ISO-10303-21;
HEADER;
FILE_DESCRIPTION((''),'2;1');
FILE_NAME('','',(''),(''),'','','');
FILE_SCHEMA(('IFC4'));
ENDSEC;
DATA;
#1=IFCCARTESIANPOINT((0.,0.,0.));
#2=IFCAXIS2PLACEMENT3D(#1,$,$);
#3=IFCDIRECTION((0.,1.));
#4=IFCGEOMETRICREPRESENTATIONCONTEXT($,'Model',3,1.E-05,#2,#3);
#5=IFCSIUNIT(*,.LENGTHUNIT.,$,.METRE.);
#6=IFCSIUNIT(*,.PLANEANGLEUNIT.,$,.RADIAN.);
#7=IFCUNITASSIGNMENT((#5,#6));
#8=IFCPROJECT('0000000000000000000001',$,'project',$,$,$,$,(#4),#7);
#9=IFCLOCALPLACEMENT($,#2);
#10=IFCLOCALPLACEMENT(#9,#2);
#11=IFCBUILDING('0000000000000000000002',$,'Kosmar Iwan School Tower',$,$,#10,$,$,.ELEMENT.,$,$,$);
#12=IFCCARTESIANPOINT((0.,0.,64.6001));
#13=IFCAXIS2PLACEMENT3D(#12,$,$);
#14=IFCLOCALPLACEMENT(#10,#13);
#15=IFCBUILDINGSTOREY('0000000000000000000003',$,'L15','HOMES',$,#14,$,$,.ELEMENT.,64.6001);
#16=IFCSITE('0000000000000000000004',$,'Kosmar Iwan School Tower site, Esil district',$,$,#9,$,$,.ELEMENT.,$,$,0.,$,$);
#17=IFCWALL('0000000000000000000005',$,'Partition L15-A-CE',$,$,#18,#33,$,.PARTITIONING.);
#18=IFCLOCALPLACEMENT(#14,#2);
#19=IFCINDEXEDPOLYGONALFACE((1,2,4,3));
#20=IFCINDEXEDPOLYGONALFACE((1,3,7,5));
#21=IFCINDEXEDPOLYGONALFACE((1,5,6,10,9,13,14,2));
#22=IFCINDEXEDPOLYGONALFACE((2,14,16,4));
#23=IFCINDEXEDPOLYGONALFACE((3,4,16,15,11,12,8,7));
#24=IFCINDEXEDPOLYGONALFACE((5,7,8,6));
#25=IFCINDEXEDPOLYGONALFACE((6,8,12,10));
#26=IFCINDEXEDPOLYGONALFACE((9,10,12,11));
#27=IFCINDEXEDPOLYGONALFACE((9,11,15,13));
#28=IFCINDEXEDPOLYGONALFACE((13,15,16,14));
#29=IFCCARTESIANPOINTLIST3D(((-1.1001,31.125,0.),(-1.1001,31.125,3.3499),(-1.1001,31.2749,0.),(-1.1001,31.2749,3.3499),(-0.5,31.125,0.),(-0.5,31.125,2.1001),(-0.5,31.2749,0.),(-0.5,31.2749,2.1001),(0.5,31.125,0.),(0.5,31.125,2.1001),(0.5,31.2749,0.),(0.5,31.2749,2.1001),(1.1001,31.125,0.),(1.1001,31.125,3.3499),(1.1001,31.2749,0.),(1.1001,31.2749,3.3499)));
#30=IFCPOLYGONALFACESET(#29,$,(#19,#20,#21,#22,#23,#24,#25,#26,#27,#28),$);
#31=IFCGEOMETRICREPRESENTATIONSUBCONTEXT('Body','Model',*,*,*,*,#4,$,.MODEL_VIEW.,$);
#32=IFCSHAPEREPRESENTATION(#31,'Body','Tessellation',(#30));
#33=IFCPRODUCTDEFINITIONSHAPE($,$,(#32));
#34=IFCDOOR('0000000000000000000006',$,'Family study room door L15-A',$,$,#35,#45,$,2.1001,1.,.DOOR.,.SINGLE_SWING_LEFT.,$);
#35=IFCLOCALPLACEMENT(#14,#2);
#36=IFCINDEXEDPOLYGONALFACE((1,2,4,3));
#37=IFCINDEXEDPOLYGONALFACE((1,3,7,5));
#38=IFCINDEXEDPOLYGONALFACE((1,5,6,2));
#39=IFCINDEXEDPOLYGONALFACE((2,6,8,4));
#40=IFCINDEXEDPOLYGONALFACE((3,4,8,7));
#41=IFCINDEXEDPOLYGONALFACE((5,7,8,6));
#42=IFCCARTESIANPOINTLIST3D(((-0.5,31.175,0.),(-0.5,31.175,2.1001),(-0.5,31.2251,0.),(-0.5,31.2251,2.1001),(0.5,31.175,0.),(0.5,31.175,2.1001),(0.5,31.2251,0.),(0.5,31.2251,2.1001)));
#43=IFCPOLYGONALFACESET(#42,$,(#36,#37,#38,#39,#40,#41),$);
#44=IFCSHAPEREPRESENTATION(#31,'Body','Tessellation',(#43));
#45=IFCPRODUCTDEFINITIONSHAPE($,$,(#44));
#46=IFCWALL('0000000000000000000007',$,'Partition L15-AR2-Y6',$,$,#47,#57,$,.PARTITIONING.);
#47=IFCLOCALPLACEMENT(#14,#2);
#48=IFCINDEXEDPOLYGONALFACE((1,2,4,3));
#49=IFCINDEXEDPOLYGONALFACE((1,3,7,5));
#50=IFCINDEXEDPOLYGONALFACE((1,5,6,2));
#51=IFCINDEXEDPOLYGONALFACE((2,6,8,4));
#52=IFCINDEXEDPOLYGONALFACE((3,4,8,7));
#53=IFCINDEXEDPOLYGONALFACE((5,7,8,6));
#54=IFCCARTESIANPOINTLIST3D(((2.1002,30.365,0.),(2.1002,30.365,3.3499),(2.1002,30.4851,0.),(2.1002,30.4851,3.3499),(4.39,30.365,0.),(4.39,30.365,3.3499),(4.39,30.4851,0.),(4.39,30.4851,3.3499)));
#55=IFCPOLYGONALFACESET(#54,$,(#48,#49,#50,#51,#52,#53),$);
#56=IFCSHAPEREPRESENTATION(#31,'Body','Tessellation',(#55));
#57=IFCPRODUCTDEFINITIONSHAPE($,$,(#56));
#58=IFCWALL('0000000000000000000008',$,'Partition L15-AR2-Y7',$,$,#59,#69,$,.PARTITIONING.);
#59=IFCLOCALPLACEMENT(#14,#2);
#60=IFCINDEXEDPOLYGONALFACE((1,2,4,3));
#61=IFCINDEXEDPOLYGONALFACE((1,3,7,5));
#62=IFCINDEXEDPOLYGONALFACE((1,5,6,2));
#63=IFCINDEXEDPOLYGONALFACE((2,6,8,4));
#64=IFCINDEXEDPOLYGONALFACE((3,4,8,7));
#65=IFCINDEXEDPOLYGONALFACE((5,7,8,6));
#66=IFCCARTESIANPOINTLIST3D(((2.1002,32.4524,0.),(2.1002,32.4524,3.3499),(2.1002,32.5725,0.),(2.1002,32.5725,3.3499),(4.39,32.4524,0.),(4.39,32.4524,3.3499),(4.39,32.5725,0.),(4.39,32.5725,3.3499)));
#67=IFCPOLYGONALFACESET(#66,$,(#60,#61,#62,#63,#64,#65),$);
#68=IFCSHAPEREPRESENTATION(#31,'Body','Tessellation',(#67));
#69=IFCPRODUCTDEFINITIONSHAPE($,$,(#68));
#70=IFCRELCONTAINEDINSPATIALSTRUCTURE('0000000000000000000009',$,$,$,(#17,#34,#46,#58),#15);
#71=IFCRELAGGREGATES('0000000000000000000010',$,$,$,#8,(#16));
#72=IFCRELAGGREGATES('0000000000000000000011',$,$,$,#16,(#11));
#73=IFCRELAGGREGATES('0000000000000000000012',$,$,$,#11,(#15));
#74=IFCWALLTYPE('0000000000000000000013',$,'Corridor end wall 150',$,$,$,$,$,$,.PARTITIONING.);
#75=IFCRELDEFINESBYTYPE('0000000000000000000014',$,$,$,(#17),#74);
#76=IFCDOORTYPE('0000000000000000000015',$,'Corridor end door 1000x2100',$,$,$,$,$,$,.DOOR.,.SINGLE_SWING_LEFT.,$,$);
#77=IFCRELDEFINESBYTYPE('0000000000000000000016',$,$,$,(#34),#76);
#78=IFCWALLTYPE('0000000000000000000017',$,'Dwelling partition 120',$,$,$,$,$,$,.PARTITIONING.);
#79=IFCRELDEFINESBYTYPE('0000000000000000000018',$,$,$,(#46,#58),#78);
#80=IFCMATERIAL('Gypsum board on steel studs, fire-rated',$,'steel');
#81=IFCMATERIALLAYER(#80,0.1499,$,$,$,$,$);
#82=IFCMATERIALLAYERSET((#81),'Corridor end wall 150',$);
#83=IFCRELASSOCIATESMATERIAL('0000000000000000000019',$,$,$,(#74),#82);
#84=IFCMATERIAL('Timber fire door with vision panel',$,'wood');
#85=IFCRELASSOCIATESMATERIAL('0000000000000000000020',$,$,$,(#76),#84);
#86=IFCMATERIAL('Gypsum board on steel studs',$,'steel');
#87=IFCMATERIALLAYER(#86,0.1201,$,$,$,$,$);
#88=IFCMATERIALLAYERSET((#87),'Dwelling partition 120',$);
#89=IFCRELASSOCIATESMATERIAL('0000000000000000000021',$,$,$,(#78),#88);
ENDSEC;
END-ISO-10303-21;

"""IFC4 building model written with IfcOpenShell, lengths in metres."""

from ifc_helpers import new_model, si_unit, direction, frame, frame_2d, origin, place, context, subcontext, project, spatial, rectangle, extrude, material, layer, layer_set, type_object, element, fill, save


model = new_model("IFC4")

# Units and contexts
model_context = context("Model", 3, precision=1e-05, world=origin(), true_north=direction((0.0, 1.0)))
body_context = subcontext(model_context, "Body", "Model", "MODEL_VIEW")
ifc_project = project(units=[si_unit("LENGTHUNIT", "METRE"), si_unit("PLANEANGLEUNIT", "RADIAN")], contexts=[model_context])

# Site, building, storey
site_placement = place(None, origin())
site = spatial("IfcSite", under=ifc_project, at=site_placement, Name="Kosmar Iwan School Tower site, Esil district", CompositionType="ELEMENT", RefElevation=0.0)
building_placement = place(site_placement, origin())
building = spatial("IfcBuilding", under=site, at=building_placement, Name="Kosmar Iwan School Tower", CompositionType="ELEMENT")
storey_placement = place(building_placement, frame((0.0, 0.0, 64.6001)))
storey = spatial("IfcBuildingStorey", under=building, at=storey_placement, Name="L15", Description="HOMES", CompositionType="ELEMENT", Elevation=64.6001)

# Wall, opening, door
ifc_material_1 = material(Name="Gypsum board on steel studs, fire-rated", Category="steel")
ifc_layer_1 = layer(ifc_material_1, 0.1499)
ifc_layer_set_1 = layer_set([ifc_layer_1], Name="Corridor end wall 150")
wall_type_1 = type_object("IfcWallType", Name="Corridor end wall 150", PredefinedType="PARTITIONING", material=ifc_layer_set_1)
wall_placement = place(storey_placement, frame((1.1001, 31.2, 0.0), z_axis=(0.0, 0.0, 1.0), x_axis=(-1.0, 0.0, 0.0)))
wall = element("IfcWall", 1, at=wall_placement, inside=storey, type_object=wall_type_1, Name="Partition L15-A-CE", PredefinedType="PARTITIONING", context=body_context, shape_type="SweptSolid", body=[
    extrude(rectangle(XDim=2.2002, YDim=0.1499, at=frame_2d((1.1001, 0.0))), origin(), (0.0, 0.0, 1.0), 3.3499),
])
opening_placement = place(wall_placement, frame((0.6001, 0.0, 0.0)))
opening = element("IfcOpeningElement", 2, at=opening_placement, cuts=wall, PredefinedType="OPENING", context=body_context, shape_type="SweptSolid", body=[
    extrude(rectangle(XDim=1.0, YDim=2.1001, at=frame_2d((0.5, 1.05))), frame((0.0, 0.0869, 0.0), z_axis=(0.0, -1.0, 0.0), x_axis=(1.0, 0.0, 0.0)), (0.0, 0.0, 1.0), 0.1738),
])
ifc_material_2 = material(Name="Timber fire door with vision panel", Category="wood")
door_type = type_object("IfcDoorType", Name="Corridor end door 1000x2100", OperationType="SINGLE_SWING_LEFT", PredefinedType="DOOR", material=ifc_material_2)
door_placement = place(opening_placement, origin())
door = element("IfcDoor", 3, at=door_placement, inside=storey, type_object=door_type, Name="Family study room door L15-A", OperationType="SINGLE_SWING_LEFT", OverallHeight=2.1001, OverallWidth=1.0, PredefinedType="DOOR", context=body_context, shape_type="SweptSolid", body=[
    extrude(rectangle(XDim=1.0, YDim=2.1001, at=frame_2d((0.5, 1.05))), frame((0.0, 0.0249, 0.0), z_axis=(0.0, -1.0, 0.0), x_axis=(1.0, 0.0, 0.0)), (0.0, 0.0, 1.0), 0.05),
])
fill(opening, door)

# Walls
ifc_material_3 = material(Name="Gypsum board on steel studs", Category="steel")
ifc_layer_2 = layer(ifc_material_3, 0.1201)
ifc_layer_set_2 = layer_set([ifc_layer_2], Name="Dwelling partition 120")
wall_type_2 = type_object("IfcWallType", Name="Dwelling partition 120", PredefinedType="PARTITIONING", material=ifc_layer_set_2)
for number, where, z_axis, x_axis, name in (
    (4, (2.1001, 30.425, 0.0), (0.0, 0.0, 1.0), (1.0, 0.0, 0.0), "Partition L15-AR2-Y6"),
    (5, (2.1001, 32.5125, 0.0), (0.0, 0.0, 1.0), (1.0, 0.0, 0.0), "Partition L15-AR2-Y7"),
):
    element("IfcWall", number, at=place(storey_placement, frame(where, z_axis=z_axis, x_axis=x_axis)), inside=storey, type_object=wall_type_2, Name=name, PredefinedType="PARTITIONING", context=body_context, shape_type="SweptSolid", body=[
        extrude(rectangle(XDim=2.2898, YDim=0.1201, at=frame_2d((1.145, 0.0))), origin(), (0.0, 0.0, 1.0), 3.3499),
    ])

save(model, "model.ifc")
